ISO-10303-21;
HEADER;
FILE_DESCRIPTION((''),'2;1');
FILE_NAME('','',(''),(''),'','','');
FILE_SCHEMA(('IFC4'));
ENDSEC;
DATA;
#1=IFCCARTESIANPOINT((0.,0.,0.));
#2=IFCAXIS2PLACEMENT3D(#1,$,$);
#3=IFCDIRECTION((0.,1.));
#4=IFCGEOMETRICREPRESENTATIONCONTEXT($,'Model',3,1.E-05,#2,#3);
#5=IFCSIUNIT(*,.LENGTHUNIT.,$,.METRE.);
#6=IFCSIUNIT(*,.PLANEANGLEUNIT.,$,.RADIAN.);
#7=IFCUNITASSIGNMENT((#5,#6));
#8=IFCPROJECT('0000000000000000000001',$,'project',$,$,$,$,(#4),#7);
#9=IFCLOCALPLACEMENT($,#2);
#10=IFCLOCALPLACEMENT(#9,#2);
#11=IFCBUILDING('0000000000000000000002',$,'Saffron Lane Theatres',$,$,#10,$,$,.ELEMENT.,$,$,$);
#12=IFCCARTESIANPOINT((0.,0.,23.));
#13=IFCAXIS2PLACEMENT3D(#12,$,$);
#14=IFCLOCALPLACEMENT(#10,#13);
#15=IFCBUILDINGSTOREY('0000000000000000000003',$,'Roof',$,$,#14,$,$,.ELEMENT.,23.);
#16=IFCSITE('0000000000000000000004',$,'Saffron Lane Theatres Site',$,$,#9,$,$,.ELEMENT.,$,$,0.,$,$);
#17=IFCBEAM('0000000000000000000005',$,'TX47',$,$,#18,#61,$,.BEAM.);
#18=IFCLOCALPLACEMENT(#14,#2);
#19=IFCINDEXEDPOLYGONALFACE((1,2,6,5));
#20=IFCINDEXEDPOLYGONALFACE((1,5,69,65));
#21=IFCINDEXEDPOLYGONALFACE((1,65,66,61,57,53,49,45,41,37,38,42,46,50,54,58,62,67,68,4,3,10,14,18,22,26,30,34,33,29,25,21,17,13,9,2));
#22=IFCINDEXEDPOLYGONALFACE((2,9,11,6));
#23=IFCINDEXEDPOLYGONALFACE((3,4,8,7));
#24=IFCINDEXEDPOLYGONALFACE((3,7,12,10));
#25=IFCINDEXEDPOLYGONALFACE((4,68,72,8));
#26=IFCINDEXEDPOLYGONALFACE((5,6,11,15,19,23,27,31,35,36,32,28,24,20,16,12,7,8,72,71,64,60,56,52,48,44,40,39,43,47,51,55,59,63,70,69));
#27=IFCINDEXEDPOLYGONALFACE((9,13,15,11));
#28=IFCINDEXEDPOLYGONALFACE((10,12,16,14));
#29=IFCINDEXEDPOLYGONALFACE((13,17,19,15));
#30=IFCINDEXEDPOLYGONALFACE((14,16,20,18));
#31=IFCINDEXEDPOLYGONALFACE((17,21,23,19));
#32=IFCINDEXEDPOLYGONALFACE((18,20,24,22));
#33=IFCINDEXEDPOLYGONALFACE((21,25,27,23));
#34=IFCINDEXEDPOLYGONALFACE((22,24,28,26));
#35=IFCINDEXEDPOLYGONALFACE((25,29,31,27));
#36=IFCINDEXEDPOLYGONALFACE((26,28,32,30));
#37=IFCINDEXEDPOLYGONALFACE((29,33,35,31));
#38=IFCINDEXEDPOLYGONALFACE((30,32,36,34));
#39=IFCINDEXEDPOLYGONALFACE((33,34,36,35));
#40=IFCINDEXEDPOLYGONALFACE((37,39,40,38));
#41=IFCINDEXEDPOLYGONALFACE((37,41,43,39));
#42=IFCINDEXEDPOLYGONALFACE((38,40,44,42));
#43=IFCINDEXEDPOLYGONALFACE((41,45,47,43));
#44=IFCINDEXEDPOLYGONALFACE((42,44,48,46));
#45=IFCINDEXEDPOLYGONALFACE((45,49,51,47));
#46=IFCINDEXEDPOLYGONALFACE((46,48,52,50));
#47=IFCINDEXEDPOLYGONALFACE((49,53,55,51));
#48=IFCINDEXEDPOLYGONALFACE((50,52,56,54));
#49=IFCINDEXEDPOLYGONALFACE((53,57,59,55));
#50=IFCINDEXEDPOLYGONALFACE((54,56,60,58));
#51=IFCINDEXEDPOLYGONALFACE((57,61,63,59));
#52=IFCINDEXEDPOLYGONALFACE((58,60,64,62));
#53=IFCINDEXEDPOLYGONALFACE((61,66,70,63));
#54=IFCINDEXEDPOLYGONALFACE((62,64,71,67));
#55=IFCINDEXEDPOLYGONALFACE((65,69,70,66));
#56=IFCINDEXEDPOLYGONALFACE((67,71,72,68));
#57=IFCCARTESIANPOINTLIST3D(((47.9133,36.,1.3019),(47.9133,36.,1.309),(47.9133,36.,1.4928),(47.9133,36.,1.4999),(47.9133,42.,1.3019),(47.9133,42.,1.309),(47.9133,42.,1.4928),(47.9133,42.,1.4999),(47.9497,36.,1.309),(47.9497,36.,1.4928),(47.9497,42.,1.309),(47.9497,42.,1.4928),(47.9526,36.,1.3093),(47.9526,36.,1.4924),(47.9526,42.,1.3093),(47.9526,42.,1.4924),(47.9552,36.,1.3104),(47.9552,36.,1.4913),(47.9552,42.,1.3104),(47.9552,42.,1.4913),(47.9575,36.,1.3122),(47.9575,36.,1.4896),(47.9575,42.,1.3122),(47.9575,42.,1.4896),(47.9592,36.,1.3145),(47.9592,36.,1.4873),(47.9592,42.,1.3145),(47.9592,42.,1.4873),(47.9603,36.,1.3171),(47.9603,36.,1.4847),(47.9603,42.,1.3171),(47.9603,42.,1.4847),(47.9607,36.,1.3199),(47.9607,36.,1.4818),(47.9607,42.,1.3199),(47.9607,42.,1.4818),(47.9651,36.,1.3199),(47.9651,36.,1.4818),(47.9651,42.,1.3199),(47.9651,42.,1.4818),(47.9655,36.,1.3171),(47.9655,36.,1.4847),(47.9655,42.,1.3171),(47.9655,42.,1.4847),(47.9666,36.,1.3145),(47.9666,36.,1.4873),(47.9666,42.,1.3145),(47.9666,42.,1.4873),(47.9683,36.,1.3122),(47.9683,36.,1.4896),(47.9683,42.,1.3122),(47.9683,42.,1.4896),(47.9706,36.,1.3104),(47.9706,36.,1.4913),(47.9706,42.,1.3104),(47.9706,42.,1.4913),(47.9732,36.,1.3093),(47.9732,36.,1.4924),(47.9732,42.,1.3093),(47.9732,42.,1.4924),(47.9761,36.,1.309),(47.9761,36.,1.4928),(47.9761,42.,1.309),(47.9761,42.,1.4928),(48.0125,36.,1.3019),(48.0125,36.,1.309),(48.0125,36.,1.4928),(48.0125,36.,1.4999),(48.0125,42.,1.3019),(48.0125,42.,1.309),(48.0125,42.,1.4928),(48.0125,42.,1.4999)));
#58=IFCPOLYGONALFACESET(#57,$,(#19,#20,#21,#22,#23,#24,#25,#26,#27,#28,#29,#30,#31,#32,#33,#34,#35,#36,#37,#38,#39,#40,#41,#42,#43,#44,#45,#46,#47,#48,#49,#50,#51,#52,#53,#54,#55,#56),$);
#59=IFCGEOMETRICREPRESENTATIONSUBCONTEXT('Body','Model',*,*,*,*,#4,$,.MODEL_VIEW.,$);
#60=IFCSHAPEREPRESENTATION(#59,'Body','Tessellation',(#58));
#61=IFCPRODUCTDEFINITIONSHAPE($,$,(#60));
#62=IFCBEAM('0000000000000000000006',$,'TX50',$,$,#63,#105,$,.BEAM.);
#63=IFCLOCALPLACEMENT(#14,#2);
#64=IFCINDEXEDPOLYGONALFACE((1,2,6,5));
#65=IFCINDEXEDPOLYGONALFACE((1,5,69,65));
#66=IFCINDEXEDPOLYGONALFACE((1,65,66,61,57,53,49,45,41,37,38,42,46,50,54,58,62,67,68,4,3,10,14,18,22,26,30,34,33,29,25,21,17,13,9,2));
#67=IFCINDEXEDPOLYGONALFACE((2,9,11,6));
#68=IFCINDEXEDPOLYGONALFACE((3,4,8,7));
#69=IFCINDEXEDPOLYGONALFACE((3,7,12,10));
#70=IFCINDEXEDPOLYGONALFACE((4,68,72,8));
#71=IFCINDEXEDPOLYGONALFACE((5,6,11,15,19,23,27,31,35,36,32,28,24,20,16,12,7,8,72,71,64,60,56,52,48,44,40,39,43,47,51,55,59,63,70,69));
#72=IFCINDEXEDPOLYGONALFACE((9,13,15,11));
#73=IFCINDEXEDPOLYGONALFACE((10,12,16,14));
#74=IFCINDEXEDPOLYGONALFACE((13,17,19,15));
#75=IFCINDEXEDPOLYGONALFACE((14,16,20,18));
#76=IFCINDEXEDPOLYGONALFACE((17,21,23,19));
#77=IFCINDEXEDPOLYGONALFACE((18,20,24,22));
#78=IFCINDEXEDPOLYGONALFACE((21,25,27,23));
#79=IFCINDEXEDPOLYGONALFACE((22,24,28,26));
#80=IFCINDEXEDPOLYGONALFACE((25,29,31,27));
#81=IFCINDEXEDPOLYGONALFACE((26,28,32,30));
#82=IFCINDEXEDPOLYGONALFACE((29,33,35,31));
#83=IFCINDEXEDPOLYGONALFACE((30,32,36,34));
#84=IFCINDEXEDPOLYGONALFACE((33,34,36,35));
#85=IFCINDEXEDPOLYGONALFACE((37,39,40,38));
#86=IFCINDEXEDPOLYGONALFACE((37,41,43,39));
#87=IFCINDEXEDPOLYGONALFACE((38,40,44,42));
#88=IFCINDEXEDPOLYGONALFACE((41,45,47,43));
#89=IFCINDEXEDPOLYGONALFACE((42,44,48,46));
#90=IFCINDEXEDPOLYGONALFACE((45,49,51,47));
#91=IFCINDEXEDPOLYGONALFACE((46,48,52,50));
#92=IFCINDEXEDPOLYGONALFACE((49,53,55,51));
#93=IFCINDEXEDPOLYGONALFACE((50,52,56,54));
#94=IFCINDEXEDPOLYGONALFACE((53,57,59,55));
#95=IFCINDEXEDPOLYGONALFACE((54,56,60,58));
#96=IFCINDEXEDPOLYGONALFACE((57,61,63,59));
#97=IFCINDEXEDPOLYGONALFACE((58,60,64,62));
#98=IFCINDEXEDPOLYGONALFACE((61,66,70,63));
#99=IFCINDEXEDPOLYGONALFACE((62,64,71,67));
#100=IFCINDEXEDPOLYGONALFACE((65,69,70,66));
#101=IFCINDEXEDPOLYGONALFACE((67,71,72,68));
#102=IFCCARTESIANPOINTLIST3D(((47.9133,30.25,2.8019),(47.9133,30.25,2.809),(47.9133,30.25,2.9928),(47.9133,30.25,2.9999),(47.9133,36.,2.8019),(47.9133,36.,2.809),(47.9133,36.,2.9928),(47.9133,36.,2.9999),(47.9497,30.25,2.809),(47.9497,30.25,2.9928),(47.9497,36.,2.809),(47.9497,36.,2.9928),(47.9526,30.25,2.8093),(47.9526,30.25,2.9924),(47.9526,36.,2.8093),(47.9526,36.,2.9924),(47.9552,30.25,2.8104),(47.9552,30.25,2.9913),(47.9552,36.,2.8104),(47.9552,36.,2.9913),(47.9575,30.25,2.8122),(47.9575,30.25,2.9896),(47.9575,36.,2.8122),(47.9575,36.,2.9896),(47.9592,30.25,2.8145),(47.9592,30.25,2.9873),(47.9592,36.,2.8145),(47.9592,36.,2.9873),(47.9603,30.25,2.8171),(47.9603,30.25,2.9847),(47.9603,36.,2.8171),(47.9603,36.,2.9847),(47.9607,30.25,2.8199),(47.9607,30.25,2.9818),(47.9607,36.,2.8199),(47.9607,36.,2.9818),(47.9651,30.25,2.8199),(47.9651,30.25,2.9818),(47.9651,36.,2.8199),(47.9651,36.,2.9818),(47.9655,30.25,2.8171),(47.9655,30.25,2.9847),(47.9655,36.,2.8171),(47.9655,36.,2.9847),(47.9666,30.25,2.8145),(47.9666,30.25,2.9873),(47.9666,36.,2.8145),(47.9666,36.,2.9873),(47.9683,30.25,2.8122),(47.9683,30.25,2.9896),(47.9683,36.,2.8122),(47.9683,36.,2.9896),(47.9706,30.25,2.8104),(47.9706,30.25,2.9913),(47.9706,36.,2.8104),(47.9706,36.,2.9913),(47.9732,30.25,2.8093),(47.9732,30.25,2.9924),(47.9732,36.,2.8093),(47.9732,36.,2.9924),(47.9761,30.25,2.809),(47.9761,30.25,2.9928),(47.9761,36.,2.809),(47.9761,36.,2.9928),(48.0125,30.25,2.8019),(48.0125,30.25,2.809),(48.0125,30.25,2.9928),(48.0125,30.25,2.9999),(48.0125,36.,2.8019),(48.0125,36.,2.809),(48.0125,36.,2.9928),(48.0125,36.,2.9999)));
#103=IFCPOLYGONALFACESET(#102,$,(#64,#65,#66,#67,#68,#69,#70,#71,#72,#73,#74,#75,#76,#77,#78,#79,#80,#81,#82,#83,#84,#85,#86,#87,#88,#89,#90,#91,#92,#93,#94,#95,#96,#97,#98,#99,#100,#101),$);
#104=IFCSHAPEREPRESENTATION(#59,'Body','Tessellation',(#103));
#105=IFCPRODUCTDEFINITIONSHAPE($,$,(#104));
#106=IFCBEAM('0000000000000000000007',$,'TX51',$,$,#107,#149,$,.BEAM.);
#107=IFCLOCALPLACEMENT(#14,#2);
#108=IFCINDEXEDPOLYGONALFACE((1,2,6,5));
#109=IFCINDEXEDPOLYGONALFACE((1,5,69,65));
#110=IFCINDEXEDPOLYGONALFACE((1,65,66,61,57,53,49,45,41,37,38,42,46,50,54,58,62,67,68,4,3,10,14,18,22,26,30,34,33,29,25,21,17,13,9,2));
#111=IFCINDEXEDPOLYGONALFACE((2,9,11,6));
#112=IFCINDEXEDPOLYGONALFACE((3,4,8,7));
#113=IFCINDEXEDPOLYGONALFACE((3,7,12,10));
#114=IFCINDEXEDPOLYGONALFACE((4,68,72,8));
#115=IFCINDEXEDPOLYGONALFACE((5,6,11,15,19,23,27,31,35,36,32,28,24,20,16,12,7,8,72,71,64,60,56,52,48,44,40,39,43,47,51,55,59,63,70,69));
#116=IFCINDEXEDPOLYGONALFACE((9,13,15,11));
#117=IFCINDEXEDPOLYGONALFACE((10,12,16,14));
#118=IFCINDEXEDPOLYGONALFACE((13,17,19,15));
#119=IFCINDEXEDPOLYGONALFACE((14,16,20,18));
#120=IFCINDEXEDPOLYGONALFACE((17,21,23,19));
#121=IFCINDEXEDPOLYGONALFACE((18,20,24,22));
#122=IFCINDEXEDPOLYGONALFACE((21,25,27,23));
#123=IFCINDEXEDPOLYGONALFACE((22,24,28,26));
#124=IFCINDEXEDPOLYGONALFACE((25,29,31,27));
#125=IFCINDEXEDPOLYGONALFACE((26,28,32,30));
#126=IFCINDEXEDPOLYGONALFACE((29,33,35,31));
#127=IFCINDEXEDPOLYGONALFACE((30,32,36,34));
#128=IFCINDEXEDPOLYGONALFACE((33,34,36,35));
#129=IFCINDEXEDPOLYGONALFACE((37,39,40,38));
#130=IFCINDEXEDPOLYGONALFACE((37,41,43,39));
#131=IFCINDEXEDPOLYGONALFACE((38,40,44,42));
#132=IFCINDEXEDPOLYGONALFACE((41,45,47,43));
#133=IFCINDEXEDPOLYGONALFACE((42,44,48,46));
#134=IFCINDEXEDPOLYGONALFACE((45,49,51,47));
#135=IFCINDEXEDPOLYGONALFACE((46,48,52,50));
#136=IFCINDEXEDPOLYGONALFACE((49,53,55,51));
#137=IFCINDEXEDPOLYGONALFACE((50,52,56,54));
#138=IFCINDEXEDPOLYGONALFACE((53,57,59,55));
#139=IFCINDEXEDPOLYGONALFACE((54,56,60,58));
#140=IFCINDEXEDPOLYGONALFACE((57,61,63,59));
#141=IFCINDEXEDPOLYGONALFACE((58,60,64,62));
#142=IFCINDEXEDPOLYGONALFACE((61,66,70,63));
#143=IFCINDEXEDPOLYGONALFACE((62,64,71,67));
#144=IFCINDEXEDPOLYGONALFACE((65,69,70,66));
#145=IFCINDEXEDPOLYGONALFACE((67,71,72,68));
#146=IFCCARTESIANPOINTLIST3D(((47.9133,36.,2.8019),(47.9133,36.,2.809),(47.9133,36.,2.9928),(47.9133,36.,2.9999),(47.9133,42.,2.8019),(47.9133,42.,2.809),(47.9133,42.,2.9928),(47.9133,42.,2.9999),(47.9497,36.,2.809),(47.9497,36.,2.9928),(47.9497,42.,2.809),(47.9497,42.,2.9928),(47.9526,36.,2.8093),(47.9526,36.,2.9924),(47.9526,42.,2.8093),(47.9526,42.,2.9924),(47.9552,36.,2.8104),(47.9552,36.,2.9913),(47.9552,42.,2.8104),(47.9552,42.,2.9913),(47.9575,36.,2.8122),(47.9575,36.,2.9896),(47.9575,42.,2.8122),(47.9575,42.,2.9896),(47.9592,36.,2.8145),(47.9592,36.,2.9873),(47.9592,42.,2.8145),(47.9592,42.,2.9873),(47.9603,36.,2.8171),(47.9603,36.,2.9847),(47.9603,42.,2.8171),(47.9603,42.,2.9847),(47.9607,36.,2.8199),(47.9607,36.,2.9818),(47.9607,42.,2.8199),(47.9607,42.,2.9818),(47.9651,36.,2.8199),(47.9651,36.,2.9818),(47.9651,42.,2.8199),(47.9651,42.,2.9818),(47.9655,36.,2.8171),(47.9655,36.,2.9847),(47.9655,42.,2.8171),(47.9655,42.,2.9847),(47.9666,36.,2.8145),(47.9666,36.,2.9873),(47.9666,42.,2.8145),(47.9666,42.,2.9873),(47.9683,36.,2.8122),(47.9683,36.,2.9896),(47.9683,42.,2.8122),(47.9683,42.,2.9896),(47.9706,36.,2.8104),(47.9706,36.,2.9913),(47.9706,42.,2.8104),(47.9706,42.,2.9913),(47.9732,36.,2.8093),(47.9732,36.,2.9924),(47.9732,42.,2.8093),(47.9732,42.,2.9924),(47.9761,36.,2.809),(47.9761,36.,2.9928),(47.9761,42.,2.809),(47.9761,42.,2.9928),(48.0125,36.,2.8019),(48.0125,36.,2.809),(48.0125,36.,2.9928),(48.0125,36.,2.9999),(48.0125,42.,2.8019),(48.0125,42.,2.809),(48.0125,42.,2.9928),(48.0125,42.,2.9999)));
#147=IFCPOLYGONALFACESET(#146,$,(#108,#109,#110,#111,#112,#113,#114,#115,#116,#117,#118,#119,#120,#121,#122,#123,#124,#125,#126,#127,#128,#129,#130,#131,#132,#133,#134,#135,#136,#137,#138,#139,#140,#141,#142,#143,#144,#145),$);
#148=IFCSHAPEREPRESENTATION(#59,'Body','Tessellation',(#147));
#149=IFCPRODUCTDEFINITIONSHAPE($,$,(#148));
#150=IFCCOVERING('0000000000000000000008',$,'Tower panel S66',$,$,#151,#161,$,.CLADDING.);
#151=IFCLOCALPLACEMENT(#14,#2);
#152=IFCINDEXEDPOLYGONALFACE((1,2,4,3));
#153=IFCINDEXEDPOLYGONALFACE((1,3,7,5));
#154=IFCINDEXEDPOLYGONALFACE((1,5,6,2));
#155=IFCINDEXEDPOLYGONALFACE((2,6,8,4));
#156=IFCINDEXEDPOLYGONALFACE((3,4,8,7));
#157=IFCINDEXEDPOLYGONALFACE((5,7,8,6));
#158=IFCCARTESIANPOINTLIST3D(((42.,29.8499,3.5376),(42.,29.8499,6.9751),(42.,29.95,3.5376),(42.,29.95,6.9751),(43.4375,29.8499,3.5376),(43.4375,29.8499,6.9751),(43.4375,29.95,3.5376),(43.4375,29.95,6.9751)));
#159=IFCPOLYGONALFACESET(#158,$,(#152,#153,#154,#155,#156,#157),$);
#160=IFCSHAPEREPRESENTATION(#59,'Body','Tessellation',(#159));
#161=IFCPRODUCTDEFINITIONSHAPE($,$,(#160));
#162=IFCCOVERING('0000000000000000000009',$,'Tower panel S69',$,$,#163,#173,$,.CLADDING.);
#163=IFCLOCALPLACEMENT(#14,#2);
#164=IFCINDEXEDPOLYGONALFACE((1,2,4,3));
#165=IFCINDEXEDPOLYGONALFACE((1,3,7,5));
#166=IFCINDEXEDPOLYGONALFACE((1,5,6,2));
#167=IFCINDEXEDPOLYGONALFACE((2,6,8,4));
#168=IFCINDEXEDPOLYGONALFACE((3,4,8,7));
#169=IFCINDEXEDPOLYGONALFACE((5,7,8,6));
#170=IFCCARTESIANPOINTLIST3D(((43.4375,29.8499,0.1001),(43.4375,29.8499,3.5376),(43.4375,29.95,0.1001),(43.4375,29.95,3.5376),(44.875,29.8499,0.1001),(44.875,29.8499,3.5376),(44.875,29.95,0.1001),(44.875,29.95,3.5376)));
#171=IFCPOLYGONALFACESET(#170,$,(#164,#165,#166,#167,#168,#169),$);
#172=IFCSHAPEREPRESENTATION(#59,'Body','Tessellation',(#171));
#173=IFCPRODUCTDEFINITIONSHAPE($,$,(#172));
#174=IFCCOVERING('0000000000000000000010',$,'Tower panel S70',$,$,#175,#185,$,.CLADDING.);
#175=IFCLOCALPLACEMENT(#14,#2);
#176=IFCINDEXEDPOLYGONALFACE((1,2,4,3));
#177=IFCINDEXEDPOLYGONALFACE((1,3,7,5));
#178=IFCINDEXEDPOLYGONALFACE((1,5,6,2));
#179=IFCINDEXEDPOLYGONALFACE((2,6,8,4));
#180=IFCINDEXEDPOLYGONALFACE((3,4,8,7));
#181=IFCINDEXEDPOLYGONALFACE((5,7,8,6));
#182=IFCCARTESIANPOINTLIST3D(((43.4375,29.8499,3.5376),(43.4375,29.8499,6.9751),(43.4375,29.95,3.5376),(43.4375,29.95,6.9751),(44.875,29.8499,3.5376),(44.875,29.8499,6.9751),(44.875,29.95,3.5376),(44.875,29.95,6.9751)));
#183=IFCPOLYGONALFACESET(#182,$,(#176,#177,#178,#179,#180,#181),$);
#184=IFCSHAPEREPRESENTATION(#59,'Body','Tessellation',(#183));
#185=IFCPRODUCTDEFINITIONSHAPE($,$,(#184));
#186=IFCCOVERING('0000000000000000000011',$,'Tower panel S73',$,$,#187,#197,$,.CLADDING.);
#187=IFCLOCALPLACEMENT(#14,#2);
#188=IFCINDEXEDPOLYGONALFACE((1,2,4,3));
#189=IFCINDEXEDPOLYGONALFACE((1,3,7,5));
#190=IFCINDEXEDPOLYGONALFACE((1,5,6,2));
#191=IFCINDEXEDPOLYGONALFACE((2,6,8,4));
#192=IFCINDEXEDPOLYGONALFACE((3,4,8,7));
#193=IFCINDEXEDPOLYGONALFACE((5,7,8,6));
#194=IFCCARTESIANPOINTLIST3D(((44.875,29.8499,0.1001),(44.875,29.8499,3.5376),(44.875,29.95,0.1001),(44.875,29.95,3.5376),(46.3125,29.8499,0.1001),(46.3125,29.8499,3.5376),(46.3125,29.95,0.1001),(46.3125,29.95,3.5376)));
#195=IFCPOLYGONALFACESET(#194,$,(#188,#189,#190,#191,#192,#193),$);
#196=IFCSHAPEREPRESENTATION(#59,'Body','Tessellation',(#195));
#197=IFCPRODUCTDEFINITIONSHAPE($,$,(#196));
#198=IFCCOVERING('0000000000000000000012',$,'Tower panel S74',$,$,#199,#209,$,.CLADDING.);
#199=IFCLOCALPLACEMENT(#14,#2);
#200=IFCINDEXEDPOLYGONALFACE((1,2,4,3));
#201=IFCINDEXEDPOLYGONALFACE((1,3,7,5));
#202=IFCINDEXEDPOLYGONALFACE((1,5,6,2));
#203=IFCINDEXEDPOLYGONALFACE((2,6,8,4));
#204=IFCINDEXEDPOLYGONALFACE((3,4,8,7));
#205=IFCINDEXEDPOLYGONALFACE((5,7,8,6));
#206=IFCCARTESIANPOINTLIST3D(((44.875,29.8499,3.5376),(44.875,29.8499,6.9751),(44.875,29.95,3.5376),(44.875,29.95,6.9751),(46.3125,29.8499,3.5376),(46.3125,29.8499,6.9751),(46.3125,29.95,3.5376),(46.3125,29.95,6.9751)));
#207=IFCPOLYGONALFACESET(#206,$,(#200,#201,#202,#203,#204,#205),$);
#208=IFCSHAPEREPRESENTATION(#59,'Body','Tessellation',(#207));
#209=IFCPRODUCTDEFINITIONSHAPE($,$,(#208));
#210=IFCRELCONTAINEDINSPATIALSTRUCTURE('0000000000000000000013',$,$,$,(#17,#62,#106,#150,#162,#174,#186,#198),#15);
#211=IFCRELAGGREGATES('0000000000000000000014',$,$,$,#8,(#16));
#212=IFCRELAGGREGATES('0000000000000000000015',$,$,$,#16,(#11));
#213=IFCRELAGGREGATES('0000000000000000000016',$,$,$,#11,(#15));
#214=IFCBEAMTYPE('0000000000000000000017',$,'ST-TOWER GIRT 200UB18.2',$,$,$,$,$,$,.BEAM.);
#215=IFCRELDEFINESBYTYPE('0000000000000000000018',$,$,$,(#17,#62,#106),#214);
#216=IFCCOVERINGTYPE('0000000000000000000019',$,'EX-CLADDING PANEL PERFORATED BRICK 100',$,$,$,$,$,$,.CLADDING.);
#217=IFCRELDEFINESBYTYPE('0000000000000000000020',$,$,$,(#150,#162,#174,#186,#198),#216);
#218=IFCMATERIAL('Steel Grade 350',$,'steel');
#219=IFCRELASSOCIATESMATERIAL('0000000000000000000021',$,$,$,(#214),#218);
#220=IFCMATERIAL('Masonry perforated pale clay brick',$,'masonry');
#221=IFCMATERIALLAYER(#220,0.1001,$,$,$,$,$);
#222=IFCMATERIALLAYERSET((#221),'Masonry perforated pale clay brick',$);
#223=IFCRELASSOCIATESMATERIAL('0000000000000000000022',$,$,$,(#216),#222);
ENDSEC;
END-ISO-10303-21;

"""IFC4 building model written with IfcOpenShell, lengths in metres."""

from ifc_helpers import new_model, si_unit, direction, frame, origin, origin_2d, place, context, subcontext, project, spatial, rectangle, i_section, extrude, material, layer, layer_set, material_profile, profile_set, type_object, element, save


model = new_model("IFC4")

# Units and contexts
model_context = context("Model", 3, precision=1e-05, world=origin(), true_north=direction((0.0, 1.0)))
body_context = subcontext(model_context, "Body", "Model", "MODEL_VIEW")
ifc_project = project(units=[si_unit("LENGTHUNIT", "METRE"), si_unit("PLANEANGLEUNIT", "RADIAN")], contexts=[model_context])

# Site, building, storey
site_placement = place(None, origin())
site = spatial("IfcSite", under=ifc_project, at=site_placement, Name="Saffron Lane Theatres Site", CompositionType="ELEMENT", RefElevation=0.0)
building_placement = place(site_placement, origin())
building = spatial("IfcBuilding", under=site, at=building_placement, Name="Saffron Lane Theatres", CompositionType="ELEMENT")
storey_placement = place(building_placement, frame((0.0, 0.0, 23.0)))
storey = spatial("IfcBuildingStorey", under=building, at=storey_placement, Name="Roof", CompositionType="ELEMENT", Elevation=23.0)

# Beams
ifc_material_1 = material(Name="Steel Grade 350", Category="steel")
ifc_material_profile_1 = material_profile(ifc_material_1, i_section(OverallWidth=0.0991, OverallDepth=0.198, WebThickness=0.0044, FlangeThickness=0.0071, FilletRadius=0.011, at=origin_2d()))
ifc_profile_set_1 = profile_set([ifc_material_profile_1], Name="Steel Grade 350")
beam_type = type_object("IfcBeamType", Name="ST-TOWER GIRT 200UB18.2", PredefinedType="BEAM", material=ifc_profile_set_1)
beam_1_placement = place(storey_placement, frame((47.9629, 36.0, 1.4009), z_axis=(0.0, 1.0, 0.0), x_axis=(-1.0, 0.0, 0.0)))
element("IfcBeam", 1, at=beam_1_placement, inside=storey, type_object=beam_type, Name="TX47", PredefinedType="BEAM", context=body_context, shape_type="SweptSolid", body=[
    extrude(i_section(OverallWidth=0.0991, OverallDepth=0.198, WebThickness=0.0044, FlangeThickness=0.0071, FilletRadius=0.011, at=origin_2d()), origin(), (0.0, 0.0, 1.0), 6.0),
])
beam_2_placement = place(storey_placement, frame((47.9629, 30.25, 2.9009), z_axis=(0.0, 1.0, 0.0), x_axis=(-1.0, 0.0, 0.0)))
element("IfcBeam", 2, at=beam_2_placement, inside=storey, type_object=beam_type, Name="TX50", PredefinedType="BEAM", context=body_context, shape_type="SweptSolid", body=[
    extrude(i_section(OverallWidth=0.0991, OverallDepth=0.198, WebThickness=0.0044, FlangeThickness=0.0071, FilletRadius=0.011, at=origin_2d()), origin(), (0.0, 0.0, 1.0), 5.75),
])
beam_3_placement = place(storey_placement, frame((47.9629, 36.0, 2.9009), z_axis=(0.0, 1.0, 0.0), x_axis=(-1.0, 0.0, 0.0)))
element("IfcBeam", 3, at=beam_3_placement, inside=storey, type_object=beam_type, Name="TX51", PredefinedType="BEAM", context=body_context, shape_type="SweptSolid", body=[
    extrude(i_section(OverallWidth=0.0991, OverallDepth=0.198, WebThickness=0.0044, FlangeThickness=0.0071, FilletRadius=0.011, at=origin_2d()), origin(), (0.0, 0.0, 1.0), 6.0),
])

# Coverings
ifc_material_2 = material(Name="Masonry perforated pale clay brick", Category="masonry")
ifc_layer_1 = layer(ifc_material_2, 0.1001)
ifc_layer_set_1 = layer_set([ifc_layer_1], Name="Masonry perforated pale clay brick")
covering_type_1 = type_object("IfcCoveringType", Name="EX-CLADDING PANEL PERFORATED BRICK 100", PredefinedType="CLADDING", material=ifc_layer_set_1)
for number, where, z_axis, x_axis, name in (
    (4, (42.7188, 29.8999, 3.5376), (0.0, 0.0, 1.0), (1.0, 0.0, 0.0), "Tower panel S66"),
    (5, (44.1562, 29.8999, 0.1001), (0.0, 0.0, 1.0), (1.0, 0.0, 0.0), "Tower panel S69"),
    (6, (44.1562, 29.8999, 3.5376), (0.0, 0.0, 1.0), (1.0, 0.0, 0.0), "Tower panel S70"),
    (7, (45.5938, 29.8999, 0.1001), (0.0, 0.0, 1.0), (1.0, 0.0, 0.0), "Tower panel S73"),
    (8, (45.5938, 29.8999, 3.5376), (0.0, 0.0, 1.0), (1.0, 0.0, 0.0), "Tower panel S74"),
):
    element("IfcCovering", number, at=place(storey_placement, frame(where, z_axis=z_axis, x_axis=x_axis)), inside=storey, type_object=covering_type_1, Name=name, PredefinedType="CLADDING", context=body_context, shape_type="SweptSolid", body=[
        extrude(rectangle(XDim=1.4375, YDim=0.1001, at=origin_2d()), origin(), (0.0, 0.0, 1.0), 3.4375),
    ])

save(model, "model.ifc")
